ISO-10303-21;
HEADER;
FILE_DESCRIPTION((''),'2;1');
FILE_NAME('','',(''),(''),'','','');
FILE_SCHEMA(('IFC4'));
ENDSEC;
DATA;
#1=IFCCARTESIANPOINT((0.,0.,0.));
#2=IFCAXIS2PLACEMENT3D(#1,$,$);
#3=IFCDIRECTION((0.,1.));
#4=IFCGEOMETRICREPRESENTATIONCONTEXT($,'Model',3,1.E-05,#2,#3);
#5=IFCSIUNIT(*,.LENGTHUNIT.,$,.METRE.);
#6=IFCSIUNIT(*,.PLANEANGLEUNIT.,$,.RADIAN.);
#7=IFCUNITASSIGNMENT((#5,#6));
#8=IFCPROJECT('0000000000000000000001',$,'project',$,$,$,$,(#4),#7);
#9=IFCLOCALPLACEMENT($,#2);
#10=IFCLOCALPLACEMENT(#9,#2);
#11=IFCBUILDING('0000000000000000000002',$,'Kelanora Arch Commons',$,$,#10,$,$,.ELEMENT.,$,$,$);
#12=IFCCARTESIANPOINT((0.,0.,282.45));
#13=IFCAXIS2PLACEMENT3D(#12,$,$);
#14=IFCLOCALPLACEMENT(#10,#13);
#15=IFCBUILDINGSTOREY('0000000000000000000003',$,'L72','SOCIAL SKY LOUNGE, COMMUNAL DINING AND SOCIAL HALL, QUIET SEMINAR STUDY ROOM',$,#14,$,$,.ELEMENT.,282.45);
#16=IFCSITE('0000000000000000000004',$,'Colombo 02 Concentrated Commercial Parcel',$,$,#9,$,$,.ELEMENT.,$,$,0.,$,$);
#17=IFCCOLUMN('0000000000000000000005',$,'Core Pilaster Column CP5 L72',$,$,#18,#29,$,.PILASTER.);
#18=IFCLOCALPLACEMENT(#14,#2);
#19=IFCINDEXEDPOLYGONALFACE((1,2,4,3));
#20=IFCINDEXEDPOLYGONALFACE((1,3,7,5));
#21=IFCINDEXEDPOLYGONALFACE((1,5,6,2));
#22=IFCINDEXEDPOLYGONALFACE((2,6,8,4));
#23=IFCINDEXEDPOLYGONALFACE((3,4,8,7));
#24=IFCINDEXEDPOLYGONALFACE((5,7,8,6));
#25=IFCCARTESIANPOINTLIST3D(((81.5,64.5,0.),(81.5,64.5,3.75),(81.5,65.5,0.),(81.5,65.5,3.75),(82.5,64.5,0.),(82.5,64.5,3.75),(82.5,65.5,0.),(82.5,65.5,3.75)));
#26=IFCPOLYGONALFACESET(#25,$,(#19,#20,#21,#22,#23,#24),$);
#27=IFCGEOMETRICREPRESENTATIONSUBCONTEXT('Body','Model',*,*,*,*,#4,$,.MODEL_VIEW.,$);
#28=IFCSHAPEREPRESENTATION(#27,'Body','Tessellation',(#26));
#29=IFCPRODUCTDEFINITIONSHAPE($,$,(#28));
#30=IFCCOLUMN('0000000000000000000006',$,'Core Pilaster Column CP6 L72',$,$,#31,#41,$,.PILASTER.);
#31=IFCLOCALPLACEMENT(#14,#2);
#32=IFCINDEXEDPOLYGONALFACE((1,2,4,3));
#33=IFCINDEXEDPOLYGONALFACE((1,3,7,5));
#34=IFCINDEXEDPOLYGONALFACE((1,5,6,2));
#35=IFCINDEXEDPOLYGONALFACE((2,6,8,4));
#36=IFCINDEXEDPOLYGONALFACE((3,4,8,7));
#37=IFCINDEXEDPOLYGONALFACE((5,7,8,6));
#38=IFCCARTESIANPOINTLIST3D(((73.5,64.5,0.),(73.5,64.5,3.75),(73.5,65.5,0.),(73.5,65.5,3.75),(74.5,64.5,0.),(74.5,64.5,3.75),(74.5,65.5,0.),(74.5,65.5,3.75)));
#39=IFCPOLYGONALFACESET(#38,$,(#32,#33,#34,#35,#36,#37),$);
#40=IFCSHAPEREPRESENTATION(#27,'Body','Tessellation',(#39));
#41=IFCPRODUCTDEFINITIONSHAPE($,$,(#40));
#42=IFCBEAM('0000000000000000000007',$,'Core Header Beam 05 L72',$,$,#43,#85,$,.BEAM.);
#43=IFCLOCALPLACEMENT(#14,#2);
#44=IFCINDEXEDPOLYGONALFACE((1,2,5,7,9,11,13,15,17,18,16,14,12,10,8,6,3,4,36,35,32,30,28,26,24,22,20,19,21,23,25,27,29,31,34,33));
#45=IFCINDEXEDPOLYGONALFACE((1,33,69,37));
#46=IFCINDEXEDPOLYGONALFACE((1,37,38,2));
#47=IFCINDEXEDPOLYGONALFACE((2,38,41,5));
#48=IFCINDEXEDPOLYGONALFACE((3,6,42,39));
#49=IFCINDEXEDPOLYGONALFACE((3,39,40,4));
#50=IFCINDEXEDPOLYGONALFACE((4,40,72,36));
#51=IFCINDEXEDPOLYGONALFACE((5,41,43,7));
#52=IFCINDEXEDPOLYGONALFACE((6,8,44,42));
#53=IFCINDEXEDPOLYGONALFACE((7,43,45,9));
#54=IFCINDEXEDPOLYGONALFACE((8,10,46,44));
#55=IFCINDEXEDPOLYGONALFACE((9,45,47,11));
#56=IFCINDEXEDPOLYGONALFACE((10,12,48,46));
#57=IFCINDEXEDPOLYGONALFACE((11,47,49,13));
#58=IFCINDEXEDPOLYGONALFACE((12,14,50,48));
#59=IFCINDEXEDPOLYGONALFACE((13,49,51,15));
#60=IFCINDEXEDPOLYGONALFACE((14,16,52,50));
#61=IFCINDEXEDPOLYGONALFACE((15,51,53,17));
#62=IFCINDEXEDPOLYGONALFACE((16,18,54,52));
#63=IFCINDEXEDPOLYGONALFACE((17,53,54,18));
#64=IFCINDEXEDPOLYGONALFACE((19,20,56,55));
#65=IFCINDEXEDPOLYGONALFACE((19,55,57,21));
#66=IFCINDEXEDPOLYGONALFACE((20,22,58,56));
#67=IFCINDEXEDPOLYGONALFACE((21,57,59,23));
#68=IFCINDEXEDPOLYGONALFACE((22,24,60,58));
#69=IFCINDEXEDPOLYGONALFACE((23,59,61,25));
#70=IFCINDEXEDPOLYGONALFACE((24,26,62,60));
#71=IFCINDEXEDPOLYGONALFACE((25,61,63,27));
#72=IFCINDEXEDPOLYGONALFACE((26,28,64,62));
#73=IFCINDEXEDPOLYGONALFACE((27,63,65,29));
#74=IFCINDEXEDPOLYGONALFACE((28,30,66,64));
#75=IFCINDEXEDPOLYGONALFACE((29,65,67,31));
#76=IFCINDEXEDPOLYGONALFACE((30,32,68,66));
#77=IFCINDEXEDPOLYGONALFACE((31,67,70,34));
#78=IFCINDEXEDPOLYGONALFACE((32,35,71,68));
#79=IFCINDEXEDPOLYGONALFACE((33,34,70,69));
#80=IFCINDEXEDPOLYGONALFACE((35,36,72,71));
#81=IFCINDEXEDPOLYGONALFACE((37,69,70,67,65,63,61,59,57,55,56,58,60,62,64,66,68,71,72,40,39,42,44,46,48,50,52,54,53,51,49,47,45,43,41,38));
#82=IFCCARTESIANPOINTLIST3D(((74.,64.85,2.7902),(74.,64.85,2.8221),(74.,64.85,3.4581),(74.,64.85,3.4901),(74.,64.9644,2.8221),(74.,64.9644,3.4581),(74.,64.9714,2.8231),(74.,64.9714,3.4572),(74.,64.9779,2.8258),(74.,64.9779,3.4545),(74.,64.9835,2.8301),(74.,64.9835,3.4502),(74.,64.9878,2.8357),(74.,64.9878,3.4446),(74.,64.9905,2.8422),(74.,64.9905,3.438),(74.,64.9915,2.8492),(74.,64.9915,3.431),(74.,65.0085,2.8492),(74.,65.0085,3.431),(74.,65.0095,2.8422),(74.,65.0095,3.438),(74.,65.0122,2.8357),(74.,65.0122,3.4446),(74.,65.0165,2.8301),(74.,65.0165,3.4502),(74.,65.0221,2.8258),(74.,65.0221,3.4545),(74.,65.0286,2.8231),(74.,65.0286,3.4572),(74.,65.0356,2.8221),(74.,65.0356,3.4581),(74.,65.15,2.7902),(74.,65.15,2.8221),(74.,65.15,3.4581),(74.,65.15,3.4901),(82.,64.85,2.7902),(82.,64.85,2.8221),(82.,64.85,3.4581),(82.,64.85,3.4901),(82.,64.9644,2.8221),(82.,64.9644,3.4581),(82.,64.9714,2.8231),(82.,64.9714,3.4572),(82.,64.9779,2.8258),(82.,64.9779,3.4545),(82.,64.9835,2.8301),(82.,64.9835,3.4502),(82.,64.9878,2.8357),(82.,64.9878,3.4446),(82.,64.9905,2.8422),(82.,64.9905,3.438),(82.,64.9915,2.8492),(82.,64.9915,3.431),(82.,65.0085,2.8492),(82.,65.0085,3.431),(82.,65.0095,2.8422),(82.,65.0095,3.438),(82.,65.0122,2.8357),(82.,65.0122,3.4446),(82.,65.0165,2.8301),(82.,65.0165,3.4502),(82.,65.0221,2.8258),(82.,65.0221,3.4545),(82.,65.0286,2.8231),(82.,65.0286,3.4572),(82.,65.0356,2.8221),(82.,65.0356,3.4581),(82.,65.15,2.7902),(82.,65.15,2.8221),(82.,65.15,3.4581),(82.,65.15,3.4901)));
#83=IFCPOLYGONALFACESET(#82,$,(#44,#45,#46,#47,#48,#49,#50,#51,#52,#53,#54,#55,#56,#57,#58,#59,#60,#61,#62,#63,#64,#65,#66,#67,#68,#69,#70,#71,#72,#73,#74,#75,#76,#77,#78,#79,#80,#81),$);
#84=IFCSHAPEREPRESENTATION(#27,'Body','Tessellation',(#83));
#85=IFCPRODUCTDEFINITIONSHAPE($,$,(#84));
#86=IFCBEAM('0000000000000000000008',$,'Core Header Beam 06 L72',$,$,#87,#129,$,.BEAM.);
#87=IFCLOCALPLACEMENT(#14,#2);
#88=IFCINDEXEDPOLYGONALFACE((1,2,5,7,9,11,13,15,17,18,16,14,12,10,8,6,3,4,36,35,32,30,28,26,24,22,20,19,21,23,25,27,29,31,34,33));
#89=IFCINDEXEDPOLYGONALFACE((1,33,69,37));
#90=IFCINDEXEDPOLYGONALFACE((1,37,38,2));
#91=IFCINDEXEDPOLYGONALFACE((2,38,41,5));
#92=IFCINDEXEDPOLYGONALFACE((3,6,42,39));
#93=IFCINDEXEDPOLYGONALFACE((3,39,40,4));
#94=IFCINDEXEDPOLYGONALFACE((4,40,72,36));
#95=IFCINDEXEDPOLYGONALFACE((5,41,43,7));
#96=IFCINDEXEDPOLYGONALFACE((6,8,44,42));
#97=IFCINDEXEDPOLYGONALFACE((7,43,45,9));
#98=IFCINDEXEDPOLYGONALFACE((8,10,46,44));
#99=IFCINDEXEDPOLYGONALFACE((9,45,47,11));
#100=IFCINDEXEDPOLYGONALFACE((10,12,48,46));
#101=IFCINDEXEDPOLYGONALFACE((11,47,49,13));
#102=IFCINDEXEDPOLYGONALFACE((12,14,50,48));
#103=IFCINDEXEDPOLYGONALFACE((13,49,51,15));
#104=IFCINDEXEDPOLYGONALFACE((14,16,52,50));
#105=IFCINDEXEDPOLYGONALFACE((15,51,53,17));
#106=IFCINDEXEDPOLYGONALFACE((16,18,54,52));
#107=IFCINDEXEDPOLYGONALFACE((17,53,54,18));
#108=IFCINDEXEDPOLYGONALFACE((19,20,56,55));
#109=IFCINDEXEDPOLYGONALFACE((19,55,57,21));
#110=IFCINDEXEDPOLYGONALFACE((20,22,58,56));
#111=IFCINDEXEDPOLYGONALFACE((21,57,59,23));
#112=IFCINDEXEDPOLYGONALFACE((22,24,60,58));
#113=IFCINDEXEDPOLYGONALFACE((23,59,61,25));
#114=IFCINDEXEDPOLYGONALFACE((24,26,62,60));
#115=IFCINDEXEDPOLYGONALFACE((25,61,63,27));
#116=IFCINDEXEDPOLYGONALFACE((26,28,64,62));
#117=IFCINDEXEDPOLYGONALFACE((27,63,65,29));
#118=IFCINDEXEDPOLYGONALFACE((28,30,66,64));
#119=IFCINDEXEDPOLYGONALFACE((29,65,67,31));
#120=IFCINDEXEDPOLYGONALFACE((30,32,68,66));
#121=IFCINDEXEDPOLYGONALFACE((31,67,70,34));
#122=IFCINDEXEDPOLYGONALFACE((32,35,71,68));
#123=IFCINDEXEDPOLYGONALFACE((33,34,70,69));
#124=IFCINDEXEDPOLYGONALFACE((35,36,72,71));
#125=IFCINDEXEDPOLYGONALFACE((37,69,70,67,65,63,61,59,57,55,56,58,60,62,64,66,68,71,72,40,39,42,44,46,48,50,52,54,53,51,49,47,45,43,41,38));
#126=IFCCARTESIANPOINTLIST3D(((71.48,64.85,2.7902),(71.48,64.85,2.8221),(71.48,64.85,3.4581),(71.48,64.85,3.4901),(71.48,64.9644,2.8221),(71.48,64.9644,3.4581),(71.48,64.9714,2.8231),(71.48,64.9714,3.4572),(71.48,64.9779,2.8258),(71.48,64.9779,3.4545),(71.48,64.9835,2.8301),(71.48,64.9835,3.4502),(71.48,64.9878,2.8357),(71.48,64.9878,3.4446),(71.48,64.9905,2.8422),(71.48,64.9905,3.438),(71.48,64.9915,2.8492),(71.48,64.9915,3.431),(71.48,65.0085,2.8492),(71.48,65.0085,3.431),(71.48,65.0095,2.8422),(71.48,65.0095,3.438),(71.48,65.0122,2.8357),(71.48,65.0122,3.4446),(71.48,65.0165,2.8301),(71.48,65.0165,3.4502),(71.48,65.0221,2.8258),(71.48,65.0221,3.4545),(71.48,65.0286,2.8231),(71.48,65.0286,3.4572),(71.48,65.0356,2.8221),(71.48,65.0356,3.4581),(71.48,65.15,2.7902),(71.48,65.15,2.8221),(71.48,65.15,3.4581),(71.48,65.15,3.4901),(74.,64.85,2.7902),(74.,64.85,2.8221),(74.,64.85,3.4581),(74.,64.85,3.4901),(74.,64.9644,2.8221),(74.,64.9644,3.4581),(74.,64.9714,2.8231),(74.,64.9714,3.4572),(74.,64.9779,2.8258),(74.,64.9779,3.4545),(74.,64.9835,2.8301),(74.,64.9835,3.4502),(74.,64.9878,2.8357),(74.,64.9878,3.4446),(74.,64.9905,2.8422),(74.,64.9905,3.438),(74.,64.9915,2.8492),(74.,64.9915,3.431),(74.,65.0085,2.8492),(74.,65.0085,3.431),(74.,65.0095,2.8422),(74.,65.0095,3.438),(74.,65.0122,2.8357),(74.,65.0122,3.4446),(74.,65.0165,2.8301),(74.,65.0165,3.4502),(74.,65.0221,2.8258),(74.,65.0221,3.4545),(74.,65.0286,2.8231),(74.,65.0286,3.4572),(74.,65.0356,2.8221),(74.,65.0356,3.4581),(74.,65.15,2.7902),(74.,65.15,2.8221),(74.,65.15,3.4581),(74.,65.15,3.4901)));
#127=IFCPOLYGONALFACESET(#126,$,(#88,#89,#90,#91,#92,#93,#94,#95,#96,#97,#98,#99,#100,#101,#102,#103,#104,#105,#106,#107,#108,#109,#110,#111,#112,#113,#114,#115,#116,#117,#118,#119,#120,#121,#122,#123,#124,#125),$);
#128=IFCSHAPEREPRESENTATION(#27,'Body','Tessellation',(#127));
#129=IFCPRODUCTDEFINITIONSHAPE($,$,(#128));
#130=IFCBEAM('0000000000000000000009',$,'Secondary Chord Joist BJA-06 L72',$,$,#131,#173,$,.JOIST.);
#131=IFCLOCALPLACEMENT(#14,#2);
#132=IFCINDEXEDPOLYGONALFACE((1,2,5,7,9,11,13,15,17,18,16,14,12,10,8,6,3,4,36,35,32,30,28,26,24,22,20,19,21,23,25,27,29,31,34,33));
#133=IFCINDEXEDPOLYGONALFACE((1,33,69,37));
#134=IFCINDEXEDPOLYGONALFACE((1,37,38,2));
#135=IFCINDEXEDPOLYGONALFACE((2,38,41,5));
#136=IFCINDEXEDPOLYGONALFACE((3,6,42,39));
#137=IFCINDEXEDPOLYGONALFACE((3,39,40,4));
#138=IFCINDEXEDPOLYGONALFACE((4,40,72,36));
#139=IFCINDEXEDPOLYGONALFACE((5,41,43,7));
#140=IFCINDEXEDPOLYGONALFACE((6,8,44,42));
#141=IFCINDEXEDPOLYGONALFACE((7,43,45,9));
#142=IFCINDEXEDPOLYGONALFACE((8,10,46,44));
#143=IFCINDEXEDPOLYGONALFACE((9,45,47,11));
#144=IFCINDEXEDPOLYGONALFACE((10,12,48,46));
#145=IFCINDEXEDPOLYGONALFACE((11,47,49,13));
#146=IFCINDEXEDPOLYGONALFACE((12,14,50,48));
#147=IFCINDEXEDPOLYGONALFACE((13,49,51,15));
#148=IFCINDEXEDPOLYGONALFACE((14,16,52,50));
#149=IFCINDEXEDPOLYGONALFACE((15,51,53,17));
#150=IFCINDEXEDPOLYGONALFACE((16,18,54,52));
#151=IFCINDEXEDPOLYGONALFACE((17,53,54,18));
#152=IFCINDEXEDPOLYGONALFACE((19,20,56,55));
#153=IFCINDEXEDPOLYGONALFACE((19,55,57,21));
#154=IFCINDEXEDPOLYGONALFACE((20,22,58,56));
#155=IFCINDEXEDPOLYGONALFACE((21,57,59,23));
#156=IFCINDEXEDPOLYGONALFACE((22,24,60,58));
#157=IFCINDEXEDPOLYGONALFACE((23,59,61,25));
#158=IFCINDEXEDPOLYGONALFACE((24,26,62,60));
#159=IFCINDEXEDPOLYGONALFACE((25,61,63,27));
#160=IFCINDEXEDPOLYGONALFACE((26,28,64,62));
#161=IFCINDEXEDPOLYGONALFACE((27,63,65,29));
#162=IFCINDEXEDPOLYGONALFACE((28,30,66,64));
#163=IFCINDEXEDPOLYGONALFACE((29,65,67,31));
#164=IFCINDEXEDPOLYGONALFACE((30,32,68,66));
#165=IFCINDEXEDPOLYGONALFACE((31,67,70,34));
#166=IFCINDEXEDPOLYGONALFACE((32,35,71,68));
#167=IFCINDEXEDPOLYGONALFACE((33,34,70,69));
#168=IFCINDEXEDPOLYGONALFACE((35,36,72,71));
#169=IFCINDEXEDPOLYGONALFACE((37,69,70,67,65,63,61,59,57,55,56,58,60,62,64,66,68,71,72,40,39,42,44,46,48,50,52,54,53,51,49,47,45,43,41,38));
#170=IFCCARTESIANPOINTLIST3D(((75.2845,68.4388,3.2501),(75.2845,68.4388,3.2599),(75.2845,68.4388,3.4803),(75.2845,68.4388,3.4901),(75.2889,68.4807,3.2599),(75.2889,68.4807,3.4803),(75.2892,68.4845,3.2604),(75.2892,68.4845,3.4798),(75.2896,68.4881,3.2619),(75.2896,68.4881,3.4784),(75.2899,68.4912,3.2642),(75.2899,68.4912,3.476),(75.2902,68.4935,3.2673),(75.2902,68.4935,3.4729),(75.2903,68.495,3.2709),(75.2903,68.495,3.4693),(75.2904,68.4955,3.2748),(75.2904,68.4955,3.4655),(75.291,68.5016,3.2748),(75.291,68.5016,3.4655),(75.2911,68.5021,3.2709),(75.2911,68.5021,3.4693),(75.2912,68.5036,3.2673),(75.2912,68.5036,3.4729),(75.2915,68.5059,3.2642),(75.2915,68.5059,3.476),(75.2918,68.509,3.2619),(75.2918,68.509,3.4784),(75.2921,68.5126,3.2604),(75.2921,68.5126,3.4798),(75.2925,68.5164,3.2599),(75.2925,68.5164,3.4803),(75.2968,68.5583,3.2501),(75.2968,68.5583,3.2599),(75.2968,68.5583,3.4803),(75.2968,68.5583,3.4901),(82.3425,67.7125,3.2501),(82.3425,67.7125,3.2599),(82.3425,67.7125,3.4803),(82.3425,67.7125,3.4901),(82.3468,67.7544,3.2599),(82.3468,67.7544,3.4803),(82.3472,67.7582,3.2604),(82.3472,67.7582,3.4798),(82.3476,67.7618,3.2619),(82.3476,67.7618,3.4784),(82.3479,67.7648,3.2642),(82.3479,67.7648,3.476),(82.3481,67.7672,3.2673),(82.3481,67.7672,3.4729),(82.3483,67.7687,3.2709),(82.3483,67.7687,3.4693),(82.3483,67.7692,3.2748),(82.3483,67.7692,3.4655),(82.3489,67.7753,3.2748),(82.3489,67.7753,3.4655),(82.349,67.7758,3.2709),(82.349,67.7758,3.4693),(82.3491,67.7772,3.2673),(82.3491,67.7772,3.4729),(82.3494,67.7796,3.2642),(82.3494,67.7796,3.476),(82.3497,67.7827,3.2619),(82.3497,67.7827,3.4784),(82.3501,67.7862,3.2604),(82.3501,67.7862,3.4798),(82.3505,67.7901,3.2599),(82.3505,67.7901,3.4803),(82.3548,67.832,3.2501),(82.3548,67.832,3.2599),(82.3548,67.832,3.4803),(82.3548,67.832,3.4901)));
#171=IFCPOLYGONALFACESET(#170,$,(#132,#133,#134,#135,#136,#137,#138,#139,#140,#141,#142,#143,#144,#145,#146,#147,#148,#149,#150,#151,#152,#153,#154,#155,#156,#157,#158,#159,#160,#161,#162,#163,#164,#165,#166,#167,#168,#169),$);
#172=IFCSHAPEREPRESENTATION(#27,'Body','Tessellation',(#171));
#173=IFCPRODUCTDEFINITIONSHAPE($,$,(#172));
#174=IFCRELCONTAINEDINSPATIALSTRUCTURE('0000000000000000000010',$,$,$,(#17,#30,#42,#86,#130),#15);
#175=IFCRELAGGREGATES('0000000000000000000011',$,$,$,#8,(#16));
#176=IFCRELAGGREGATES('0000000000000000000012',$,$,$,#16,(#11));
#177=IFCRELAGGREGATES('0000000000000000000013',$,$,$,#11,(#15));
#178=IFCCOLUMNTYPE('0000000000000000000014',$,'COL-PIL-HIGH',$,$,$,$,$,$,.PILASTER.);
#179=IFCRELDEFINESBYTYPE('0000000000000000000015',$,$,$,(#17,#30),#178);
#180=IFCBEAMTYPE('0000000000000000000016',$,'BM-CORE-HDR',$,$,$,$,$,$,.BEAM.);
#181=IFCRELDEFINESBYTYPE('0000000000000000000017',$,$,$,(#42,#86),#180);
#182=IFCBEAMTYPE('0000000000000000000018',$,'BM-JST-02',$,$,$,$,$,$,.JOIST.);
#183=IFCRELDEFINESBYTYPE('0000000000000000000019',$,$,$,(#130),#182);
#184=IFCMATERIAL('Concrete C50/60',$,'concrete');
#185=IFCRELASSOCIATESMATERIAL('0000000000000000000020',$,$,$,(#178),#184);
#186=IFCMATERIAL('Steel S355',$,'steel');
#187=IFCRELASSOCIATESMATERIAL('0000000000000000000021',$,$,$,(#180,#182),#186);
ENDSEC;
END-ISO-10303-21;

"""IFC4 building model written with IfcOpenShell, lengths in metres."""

from ifc_helpers import new_model, si_unit, direction, frame, origin, origin_2d, place, context, subcontext, project, spatial, rectangle, i_section, extrude, material, material_profile, profile_set, type_object, element, save


model = new_model("IFC4")

# Units and contexts
model_context = context("Model", 3, precision=1e-05, world=origin(), true_north=direction((0.0, 1.0)))
body_context = subcontext(model_context, "Body", "Model", "MODEL_VIEW")
ifc_project = project(units=[si_unit("LENGTHUNIT", "METRE"), si_unit("PLANEANGLEUNIT", "RADIAN")], contexts=[model_context])

# Site, building, storey
site_placement = place(None, origin())
site = spatial("IfcSite", under=ifc_project, at=site_placement, Name="Colombo 02 Concentrated Commercial Parcel", CompositionType="ELEMENT", RefElevation=0.0)
building_placement = place(site_placement, origin())
building = spatial("IfcBuilding", under=site, at=building_placement, Name="Kelanora Arch Commons", CompositionType="ELEMENT")
storey_placement = place(building_placement, frame((0.0, 0.0, 282.45)))
storey = spatial("IfcBuildingStorey", under=building, at=storey_placement, Name="L72", Description="SOCIAL SKY LOUNGE, COMMUNAL DINING AND SOCIAL HALL, QUIET SEMINAR STUDY ROOM", CompositionType="ELEMENT", Elevation=282.45)

# Columns
ifc_material_1 = material(Name="Concrete C50/60", Category="concrete")
ifc_material_profile_1 = material_profile(ifc_material_1, rectangle(XDim=1.0, YDim=1.0, at=origin_2d()), Name="RC1000x1000")
ifc_profile_set_1 = profile_set([ifc_material_profile_1], Name="Concrete C50/60")
column_type = type_object("IfcColumnType", Name="COL-PIL-HIGH", PredefinedType="PILASTER", material=ifc_profile_set_1)
for number, where, z_axis, x_axis, name in (
    (1, (82.0, 65.0, 0.0), (0.0, 0.0, 1.0), (1.0, 0.0, 0.0), "Core Pilaster Column CP5 L72"),
    (2, (74.0, 65.0, 0.0), (0.0, 0.0, 1.0), (1.0, 0.0, 0.0), "Core Pilaster Column CP6 L72"),
):
    element("IfcColumn", number, at=place(storey_placement, frame(where, z_axis=z_axis, x_axis=x_axis)), inside=storey, type_object=column_type, Name=name, PredefinedType="PILASTER", context=body_context, shape_type="SweptSolid", body=[
        extrude(rectangle(XDim=1.0, YDim=1.0, at=origin_2d()), origin(), (0.0, 0.0, 1.0), 3.75),
    ])

# Beams
ifc_material_2 = material(Name="Steel S355", Category="steel")
ifc_material_profile_2 = material_profile(ifc_material_2, i_section(OverallWidth=0.3, OverallDepth=0.7, WebThickness=0.0171, FlangeThickness=0.032, FilletRadius=0.0271, at=origin_2d()), Name="HEB700")
ifc_profile_set_2 = profile_set([ifc_material_profile_2], Name="Steel S355")
beam_type_1 = type_object("IfcBeamType", Name="BM-CORE-HDR", PredefinedType="BEAM", material=ifc_profile_set_2)
beam_1_placement = place(storey_placement, frame((82.0, 65.0, 3.1401), z_axis=(-1.0, 0.0, 0.0), x_axis=(0.0, -1.0, 0.0)))
element("IfcBeam", 3, at=beam_1_placement, inside=storey, type_object=beam_type_1, Name="Core Header Beam 05 L72", PredefinedType="BEAM", context=body_context, shape_type="SweptSolid", body=[
    extrude(i_section(OverallWidth=0.3, OverallDepth=0.7, WebThickness=0.0171, FlangeThickness=0.032, FilletRadius=0.0271, at=origin_2d()), origin(), (0.0, 0.0, 1.0), 8.0),
])
beam_2_placement = place(storey_placement, frame((74.0, 65.0, 3.1401), z_axis=(-1.0, 0.0, 0.0), x_axis=(0.0, -1.0, 0.0)))
element("IfcBeam", 4, at=beam_2_placement, inside=storey, type_object=beam_type_1, Name="Core Header Beam 06 L72", PredefinedType="BEAM", context=body_context, shape_type="SweptSolid", body=[
    extrude(i_section(OverallWidth=0.3, OverallDepth=0.7, WebThickness=0.0171, FlangeThickness=0.032, FilletRadius=0.0271, at=origin_2d()), origin(), (0.0, 0.0, 1.0), 2.52),
])
ifc_material_profile_3 = material_profile(ifc_material_2, i_section(OverallWidth=0.1201, OverallDepth=0.24, WebThickness=0.0061, FlangeThickness=0.0098, FilletRadius=0.0149, at=origin_2d()), Name="IPE240")
ifc_profile_set_3 = profile_set([ifc_material_profile_3], Name="Steel S355")
beam_type_2 = type_object("IfcBeamType", Name="BM-JST-02", PredefinedType="JOIST", material=ifc_profile_set_3)
beam_3_placement = place(storey_placement, frame((82.3486, 67.7722, 3.3701), z_axis=(-0.994747, 0.102369, 0.0), x_axis=(-0.102369, -0.994747, 0.0)))
element("IfcBeam", 5, at=beam_3_placement, inside=storey, type_object=beam_type_2, Name="Secondary Chord Joist BJA-06 L72", PredefinedType="JOIST", context=body_context, shape_type="SweptSolid", body=[
    extrude(i_section(OverallWidth=0.1201, OverallDepth=0.24, WebThickness=0.0061, FlangeThickness=0.0098, FilletRadius=0.0149, at=origin_2d()), origin(), (0.0, 0.0, 1.0), 7.0952),
])

save(model, "model.ifc")
